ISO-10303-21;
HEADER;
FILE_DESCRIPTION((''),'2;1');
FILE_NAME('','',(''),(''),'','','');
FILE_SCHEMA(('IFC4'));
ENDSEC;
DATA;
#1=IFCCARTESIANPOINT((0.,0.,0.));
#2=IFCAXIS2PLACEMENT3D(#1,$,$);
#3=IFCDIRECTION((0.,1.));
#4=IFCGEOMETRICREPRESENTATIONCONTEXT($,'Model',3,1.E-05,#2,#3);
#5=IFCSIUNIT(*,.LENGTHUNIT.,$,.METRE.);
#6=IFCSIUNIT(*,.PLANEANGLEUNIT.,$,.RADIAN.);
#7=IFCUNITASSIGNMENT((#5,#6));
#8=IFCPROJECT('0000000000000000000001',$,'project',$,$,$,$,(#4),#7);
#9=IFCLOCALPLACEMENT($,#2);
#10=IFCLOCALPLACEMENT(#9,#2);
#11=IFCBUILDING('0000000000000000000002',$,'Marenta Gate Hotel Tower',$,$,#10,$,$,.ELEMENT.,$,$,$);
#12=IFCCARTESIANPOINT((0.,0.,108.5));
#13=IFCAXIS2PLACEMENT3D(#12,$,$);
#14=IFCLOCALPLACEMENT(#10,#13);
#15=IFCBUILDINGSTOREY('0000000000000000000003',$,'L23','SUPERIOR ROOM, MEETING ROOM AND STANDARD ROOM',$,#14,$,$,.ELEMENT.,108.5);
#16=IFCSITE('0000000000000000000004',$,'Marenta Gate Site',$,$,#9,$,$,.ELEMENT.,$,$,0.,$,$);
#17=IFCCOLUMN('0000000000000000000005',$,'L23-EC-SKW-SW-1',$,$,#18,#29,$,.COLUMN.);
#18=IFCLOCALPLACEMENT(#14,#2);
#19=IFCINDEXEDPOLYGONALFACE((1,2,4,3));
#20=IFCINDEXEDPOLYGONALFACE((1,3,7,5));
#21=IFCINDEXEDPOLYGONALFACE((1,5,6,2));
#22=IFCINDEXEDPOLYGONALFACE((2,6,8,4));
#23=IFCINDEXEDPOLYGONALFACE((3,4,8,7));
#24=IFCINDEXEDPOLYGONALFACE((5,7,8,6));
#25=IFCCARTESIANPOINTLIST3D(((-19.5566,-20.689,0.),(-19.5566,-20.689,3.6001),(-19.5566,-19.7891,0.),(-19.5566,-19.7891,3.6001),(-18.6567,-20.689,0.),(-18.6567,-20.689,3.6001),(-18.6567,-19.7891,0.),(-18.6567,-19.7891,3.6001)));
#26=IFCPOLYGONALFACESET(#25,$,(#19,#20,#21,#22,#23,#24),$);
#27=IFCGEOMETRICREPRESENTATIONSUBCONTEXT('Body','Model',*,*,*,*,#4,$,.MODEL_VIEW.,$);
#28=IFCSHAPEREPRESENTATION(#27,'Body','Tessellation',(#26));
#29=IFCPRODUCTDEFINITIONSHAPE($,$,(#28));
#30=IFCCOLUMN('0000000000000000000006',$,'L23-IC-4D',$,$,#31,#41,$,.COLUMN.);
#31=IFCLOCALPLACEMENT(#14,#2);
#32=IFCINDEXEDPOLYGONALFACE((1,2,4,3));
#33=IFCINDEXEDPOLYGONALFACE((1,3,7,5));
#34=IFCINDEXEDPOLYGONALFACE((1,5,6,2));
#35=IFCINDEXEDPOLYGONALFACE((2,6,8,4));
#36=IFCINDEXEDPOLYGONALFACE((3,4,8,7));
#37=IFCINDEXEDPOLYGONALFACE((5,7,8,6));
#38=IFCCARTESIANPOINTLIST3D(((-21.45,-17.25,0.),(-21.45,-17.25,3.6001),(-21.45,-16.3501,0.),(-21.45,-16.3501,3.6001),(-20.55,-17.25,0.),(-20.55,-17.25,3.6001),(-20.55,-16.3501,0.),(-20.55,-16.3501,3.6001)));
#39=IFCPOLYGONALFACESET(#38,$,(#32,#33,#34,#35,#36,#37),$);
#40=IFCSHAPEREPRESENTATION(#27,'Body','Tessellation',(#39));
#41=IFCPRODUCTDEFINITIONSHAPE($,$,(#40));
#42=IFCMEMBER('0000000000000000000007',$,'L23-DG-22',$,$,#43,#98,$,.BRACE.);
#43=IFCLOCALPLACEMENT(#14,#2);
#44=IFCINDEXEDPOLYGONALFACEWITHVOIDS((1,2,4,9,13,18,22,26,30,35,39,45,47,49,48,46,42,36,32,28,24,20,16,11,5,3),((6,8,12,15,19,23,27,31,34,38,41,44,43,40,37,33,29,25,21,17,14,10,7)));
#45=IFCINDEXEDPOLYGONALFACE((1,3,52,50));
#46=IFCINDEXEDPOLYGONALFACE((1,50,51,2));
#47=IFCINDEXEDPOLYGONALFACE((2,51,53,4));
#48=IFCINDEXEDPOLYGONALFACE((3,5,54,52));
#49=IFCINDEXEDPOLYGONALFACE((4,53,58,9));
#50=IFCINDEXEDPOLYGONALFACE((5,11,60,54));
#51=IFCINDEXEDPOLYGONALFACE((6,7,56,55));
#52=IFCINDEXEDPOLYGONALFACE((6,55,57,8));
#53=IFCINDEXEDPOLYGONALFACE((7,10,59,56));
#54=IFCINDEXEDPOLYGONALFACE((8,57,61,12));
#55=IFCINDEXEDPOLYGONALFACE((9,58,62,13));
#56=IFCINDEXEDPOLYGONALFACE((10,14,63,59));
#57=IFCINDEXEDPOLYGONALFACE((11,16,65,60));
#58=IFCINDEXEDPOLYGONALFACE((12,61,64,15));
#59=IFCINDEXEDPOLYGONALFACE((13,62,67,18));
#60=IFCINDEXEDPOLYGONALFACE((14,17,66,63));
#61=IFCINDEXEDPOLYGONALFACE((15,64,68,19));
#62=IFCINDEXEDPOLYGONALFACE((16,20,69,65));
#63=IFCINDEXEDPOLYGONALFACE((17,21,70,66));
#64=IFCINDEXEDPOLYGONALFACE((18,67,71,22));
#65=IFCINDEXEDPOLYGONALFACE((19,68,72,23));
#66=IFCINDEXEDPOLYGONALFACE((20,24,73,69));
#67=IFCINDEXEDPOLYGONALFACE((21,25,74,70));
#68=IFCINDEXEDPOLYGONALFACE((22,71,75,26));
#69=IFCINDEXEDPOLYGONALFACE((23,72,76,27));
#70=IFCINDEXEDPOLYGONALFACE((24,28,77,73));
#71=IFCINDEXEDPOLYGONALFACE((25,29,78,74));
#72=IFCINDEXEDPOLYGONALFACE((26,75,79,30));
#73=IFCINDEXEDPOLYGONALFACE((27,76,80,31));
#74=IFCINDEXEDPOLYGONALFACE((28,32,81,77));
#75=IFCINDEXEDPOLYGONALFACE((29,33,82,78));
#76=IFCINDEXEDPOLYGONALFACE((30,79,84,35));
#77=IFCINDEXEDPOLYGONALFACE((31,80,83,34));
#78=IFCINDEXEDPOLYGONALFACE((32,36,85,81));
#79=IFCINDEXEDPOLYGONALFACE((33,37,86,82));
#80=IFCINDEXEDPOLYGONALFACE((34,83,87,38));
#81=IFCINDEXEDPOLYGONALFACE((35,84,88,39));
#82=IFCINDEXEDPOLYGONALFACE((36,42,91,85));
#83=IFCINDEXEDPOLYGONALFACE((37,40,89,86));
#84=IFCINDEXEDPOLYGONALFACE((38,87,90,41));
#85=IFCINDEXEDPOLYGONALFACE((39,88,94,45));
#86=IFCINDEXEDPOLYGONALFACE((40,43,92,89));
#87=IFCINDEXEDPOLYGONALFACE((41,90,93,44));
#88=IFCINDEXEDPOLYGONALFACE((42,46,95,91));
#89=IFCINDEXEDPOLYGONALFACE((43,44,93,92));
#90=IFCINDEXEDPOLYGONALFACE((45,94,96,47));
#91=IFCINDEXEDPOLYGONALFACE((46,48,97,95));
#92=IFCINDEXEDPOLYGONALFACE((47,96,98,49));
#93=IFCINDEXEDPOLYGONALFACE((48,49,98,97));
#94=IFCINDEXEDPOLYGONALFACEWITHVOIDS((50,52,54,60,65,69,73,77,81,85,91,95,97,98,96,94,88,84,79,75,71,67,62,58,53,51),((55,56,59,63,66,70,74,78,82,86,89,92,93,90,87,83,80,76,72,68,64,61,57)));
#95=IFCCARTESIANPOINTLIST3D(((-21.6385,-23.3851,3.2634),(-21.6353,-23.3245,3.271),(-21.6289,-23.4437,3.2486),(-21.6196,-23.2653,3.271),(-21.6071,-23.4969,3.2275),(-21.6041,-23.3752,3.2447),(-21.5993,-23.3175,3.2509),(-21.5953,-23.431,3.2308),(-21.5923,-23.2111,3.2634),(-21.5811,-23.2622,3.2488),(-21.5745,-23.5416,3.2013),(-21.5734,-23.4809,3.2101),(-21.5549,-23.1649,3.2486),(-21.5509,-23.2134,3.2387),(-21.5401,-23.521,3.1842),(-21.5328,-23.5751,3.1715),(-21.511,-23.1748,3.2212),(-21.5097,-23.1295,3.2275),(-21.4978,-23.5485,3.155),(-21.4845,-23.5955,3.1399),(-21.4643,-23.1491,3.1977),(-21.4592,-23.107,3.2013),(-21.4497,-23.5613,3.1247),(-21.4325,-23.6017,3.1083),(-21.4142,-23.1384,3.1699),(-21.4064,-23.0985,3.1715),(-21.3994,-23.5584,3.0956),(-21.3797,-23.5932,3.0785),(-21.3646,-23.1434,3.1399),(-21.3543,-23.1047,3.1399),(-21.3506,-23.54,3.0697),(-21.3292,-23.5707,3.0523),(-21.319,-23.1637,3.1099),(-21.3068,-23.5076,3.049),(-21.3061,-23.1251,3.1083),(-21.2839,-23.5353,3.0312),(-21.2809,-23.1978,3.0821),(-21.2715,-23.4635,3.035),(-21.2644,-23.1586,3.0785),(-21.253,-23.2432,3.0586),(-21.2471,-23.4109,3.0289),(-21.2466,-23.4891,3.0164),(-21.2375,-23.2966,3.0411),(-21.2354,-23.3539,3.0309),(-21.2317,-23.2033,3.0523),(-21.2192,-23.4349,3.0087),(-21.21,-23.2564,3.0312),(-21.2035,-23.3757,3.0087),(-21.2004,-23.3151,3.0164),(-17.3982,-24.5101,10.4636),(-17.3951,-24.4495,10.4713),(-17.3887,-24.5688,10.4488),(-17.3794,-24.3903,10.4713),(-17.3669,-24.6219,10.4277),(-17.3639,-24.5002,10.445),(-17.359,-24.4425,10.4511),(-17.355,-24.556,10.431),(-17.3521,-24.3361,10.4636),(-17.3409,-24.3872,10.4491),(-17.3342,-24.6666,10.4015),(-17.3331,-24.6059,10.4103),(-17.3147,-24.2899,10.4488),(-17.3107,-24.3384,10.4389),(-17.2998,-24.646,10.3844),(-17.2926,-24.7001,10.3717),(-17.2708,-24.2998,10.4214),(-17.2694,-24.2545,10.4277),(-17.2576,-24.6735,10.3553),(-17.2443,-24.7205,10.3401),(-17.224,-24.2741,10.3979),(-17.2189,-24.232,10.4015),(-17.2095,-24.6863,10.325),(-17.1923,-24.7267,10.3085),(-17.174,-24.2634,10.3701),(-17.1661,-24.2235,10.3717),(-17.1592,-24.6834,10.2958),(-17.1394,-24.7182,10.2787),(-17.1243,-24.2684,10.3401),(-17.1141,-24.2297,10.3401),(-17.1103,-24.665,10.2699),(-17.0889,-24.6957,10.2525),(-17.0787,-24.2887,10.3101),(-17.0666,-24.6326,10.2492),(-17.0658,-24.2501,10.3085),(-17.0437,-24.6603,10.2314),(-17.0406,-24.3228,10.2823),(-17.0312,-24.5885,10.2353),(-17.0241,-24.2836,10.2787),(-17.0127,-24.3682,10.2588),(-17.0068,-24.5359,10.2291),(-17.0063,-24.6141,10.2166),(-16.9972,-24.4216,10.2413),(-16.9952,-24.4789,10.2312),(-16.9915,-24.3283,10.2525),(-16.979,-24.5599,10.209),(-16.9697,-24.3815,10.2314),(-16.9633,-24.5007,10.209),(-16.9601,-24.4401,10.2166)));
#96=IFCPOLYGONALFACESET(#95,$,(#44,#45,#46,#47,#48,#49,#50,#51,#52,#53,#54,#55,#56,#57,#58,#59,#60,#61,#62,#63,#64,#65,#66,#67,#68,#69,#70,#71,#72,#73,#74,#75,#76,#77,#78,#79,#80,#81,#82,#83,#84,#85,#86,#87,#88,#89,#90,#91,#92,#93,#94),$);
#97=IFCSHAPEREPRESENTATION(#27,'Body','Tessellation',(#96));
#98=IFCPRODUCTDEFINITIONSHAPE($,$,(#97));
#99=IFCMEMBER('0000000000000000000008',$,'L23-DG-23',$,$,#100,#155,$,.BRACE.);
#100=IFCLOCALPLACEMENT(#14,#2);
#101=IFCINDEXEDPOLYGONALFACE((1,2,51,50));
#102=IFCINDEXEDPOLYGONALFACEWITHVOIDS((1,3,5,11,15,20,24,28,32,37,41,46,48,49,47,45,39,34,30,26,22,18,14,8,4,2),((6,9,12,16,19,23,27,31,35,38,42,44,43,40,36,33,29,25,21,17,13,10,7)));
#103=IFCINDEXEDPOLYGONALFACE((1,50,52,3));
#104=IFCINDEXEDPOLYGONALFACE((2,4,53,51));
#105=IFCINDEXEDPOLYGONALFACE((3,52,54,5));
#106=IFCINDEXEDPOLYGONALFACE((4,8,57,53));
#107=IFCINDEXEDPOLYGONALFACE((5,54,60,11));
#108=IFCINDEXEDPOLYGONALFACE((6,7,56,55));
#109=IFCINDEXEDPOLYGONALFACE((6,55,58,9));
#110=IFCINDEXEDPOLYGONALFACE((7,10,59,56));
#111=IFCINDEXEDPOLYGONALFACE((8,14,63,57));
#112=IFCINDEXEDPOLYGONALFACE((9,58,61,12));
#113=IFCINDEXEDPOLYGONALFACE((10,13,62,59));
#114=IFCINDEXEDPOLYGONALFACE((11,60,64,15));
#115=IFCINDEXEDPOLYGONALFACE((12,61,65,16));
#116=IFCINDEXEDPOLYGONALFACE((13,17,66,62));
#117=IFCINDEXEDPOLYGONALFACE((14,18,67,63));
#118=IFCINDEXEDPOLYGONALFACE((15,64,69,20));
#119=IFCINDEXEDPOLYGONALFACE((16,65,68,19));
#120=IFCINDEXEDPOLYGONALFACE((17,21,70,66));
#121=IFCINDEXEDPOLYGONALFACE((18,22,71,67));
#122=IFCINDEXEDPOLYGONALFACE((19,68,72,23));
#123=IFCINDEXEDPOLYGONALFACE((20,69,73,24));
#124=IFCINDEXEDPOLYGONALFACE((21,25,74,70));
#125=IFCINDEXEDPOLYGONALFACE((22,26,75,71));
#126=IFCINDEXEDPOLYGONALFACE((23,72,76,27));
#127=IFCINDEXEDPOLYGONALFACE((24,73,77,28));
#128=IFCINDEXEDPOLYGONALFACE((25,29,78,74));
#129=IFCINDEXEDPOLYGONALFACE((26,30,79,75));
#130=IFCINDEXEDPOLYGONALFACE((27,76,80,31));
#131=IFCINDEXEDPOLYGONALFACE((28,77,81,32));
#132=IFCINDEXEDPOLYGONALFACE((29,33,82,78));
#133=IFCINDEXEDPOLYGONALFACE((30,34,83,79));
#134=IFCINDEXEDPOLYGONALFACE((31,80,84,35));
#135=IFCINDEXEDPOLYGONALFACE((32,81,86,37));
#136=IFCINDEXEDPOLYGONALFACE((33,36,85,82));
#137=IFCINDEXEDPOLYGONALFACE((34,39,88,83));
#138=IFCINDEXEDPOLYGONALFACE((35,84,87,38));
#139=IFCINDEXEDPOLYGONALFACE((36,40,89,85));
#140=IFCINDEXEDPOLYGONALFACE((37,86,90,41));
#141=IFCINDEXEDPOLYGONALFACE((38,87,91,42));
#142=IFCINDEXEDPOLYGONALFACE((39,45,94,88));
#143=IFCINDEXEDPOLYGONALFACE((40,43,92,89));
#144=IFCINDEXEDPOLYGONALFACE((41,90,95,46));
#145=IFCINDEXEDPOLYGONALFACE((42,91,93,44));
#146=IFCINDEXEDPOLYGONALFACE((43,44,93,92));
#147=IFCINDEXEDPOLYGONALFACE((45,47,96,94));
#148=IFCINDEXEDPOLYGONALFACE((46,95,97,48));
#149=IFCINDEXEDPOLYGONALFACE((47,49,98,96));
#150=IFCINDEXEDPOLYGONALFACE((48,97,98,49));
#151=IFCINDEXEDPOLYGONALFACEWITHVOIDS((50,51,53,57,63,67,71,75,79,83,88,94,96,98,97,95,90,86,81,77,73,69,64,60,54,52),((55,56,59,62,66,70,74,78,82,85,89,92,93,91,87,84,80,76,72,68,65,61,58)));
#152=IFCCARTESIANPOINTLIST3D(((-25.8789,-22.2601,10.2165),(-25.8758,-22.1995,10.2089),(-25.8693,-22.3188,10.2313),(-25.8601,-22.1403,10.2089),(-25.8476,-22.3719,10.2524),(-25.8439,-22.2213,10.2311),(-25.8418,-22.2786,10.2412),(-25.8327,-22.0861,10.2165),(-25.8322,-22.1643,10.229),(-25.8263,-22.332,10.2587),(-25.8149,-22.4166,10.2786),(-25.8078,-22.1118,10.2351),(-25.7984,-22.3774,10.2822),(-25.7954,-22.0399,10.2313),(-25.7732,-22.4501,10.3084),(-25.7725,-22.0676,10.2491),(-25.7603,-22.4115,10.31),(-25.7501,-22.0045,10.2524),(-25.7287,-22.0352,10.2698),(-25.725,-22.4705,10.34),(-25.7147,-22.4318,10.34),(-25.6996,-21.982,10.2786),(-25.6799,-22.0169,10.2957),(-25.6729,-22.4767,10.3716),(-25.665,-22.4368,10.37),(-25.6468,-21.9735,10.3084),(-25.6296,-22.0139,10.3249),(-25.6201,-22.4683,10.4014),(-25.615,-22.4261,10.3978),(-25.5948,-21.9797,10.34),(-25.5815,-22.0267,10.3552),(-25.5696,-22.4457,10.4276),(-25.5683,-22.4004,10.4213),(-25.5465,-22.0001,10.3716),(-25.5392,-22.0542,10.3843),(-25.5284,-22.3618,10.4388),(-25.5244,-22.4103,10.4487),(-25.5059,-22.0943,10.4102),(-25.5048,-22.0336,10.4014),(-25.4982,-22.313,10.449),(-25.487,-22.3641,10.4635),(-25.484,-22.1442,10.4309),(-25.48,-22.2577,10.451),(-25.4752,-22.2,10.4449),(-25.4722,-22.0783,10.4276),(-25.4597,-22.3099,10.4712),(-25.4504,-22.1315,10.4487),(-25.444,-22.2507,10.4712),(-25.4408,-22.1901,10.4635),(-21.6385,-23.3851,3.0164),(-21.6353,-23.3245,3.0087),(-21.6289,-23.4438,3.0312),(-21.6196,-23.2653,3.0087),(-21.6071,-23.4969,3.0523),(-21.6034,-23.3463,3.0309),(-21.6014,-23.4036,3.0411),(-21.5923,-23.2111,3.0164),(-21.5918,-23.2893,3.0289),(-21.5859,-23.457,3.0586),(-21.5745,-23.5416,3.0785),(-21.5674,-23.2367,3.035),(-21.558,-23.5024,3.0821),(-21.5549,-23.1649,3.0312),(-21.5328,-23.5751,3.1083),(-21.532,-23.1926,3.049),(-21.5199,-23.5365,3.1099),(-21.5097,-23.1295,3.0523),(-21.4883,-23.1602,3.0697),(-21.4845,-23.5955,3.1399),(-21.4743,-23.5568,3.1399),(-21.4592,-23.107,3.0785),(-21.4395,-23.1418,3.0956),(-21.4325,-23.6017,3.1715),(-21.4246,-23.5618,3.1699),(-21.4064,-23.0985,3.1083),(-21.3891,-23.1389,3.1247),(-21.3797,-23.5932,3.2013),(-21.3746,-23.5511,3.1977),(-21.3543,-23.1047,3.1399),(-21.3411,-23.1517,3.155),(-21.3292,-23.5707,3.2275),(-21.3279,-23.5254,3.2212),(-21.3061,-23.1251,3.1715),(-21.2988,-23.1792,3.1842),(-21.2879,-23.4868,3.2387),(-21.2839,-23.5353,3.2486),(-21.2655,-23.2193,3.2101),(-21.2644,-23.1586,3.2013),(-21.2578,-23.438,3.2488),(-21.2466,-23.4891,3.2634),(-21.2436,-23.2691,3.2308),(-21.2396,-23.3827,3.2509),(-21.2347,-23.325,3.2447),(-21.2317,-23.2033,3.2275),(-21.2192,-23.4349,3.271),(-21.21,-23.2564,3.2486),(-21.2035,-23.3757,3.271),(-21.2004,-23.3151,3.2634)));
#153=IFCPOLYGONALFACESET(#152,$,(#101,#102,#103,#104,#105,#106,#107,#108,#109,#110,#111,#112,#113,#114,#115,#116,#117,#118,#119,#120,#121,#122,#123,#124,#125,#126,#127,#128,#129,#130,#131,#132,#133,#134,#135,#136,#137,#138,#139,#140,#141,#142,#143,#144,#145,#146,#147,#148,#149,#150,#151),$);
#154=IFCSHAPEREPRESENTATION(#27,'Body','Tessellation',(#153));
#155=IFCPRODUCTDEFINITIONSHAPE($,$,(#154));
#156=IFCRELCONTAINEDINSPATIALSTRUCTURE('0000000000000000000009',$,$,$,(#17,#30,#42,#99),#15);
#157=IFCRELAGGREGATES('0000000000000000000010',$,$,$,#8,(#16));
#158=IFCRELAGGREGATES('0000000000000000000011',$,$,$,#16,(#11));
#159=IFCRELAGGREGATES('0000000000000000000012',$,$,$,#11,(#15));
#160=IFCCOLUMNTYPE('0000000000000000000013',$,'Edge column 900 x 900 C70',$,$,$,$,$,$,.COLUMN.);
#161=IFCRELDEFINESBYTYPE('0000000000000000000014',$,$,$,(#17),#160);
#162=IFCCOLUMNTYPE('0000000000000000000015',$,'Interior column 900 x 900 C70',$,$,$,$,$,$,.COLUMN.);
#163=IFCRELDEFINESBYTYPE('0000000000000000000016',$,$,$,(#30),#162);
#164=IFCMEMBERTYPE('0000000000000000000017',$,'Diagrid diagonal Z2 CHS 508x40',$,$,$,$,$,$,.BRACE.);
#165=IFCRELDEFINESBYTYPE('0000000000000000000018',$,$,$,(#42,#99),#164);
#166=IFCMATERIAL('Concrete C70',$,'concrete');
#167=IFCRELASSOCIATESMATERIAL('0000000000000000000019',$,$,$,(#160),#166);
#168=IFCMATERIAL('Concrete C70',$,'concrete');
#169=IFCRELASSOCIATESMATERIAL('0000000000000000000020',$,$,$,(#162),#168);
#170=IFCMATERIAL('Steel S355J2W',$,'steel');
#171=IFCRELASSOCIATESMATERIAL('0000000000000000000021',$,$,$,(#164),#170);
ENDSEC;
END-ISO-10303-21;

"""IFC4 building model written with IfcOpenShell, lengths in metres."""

from ifc_helpers import new_model, si_unit, direction, frame, origin, origin_2d, place, context, subcontext, project, spatial, rectangle, hollow_circle, extrude, material, material_profile, profile_set, type_object, element, save


model = new_model("IFC4")

# Units and contexts
model_context = context("Model", 3, precision=1e-05, world=origin(), true_north=direction((0.0, 1.0)))
body_context = subcontext(model_context, "Body", "Model", "MODEL_VIEW")
ifc_project = project(units=[si_unit("LENGTHUNIT", "METRE"), si_unit("PLANEANGLEUNIT", "RADIAN")], contexts=[model_context])

# Site, building, storey
site_placement = place(None, origin())
site = spatial("IfcSite", under=ifc_project, at=site_placement, Name="Marenta Gate Site", CompositionType="ELEMENT", RefElevation=0.0)
building_placement = place(site_placement, origin())
building = spatial("IfcBuilding", under=site, at=building_placement, Name="Marenta Gate Hotel Tower", CompositionType="ELEMENT")
storey_placement = place(building_placement, frame((0.0, 0.0, 108.5)))
storey = spatial("IfcBuildingStorey", under=building, at=storey_placement, Name="L23", Description="SUPERIOR ROOM, MEETING ROOM AND STANDARD ROOM", CompositionType="ELEMENT", Elevation=108.5)

# Columns
ifc_material_1 = material(Name="Concrete C70", Category="concrete")
ifc_material_profile_1 = material_profile(ifc_material_1, rectangle(XDim=0.8999, YDim=0.8999, at=origin_2d()), Name="900 x 900")
ifc_profile_set_1 = profile_set([ifc_material_profile_1], Name="Concrete C70")
column_type_1 = type_object("IfcColumnType", Name="Edge column 900 x 900 C70", PredefinedType="COLUMN", material=ifc_profile_set_1)
column_1_placement = place(storey_placement, frame((-19.1067, -20.239, 0.0), z_axis=(0.0, 0.0, 1.0), x_axis=(1.0, 0.0, 0.0)))
element("IfcColumn", 1, at=column_1_placement, inside=storey, type_object=column_type_1, Name="L23-EC-SKW-SW-1", PredefinedType="COLUMN", context=body_context, shape_type="SweptSolid", body=[
    extrude(rectangle(XDim=0.8999, YDim=0.8999, at=origin_2d()), origin(), (0.0, 0.0, 1.0), 3.6001),
])
ifc_material_2 = material(Name="Concrete C70", Category="concrete")
ifc_material_profile_2 = material_profile(ifc_material_2, rectangle(XDim=0.8999, YDim=0.8999, at=origin_2d()), Name="900 x 900")
ifc_profile_set_2 = profile_set([ifc_material_profile_2], Name="Concrete C70")
column_type_2 = type_object("IfcColumnType", Name="Interior column 900 x 900 C70", PredefinedType="COLUMN", material=ifc_profile_set_2)
column_2_placement = place(storey_placement, frame((-21.0, -16.8, 0.0), z_axis=(0.0, 0.0, 1.0), x_axis=(1.0, 0.0, 0.0)))
element("IfcColumn", 2, at=column_2_placement, inside=storey, type_object=column_type_2, Name="L23-IC-4D", PredefinedType="COLUMN", context=body_context, shape_type="SweptSolid", body=[
    extrude(rectangle(XDim=0.8999, YDim=0.8999, at=origin_2d()), origin(), (0.0, 0.0, 1.0), 3.6001),
])

# Members
ifc_material_3 = material(Name="Steel S355J2W", Category="steel")
ifc_material_profile_3 = material_profile(ifc_material_3, hollow_circle(Radius=0.2539, WallThickness=0.04, at=origin_2d()), Name="CHS 508x40")
ifc_profile_set_3 = profile_set([ifc_material_profile_3], Name="Steel S355J2W")
member_type_1 = type_object("IfcMemberType", Name="Diagrid diagonal Z2 CHS 508x40", PredefinedType="BRACE", material=ifc_profile_set_3)
for number, where, z_axis, x_axis, name in (
    (3, (-21.4194, -23.3501, 3.1399), (0.502912, -0.13343, 0.853977), (0.256443, 0.966559, 0.0), "L23-DG-22"),
    (4, (-21.4194, -23.3501, 3.1399), (-0.502933, 0.133428, 0.853964), (-0.256429, -0.966563, 0.0), "L23-DG-23"),
):
    element("IfcMember", number, at=place(storey_placement, frame(where, z_axis=z_axis, x_axis=x_axis)), inside=storey, type_object=member_type_1, Name=name, PredefinedType="BRACE", context=body_context, shape_type="SweptSolid", body=[
        extrude(hollow_circle(Radius=0.2539, WallThickness=0.04, at=origin_2d()), origin(), (0.0, 0.0, 1.0), 8.4314),
    ])

save(model, "model.ifc")
